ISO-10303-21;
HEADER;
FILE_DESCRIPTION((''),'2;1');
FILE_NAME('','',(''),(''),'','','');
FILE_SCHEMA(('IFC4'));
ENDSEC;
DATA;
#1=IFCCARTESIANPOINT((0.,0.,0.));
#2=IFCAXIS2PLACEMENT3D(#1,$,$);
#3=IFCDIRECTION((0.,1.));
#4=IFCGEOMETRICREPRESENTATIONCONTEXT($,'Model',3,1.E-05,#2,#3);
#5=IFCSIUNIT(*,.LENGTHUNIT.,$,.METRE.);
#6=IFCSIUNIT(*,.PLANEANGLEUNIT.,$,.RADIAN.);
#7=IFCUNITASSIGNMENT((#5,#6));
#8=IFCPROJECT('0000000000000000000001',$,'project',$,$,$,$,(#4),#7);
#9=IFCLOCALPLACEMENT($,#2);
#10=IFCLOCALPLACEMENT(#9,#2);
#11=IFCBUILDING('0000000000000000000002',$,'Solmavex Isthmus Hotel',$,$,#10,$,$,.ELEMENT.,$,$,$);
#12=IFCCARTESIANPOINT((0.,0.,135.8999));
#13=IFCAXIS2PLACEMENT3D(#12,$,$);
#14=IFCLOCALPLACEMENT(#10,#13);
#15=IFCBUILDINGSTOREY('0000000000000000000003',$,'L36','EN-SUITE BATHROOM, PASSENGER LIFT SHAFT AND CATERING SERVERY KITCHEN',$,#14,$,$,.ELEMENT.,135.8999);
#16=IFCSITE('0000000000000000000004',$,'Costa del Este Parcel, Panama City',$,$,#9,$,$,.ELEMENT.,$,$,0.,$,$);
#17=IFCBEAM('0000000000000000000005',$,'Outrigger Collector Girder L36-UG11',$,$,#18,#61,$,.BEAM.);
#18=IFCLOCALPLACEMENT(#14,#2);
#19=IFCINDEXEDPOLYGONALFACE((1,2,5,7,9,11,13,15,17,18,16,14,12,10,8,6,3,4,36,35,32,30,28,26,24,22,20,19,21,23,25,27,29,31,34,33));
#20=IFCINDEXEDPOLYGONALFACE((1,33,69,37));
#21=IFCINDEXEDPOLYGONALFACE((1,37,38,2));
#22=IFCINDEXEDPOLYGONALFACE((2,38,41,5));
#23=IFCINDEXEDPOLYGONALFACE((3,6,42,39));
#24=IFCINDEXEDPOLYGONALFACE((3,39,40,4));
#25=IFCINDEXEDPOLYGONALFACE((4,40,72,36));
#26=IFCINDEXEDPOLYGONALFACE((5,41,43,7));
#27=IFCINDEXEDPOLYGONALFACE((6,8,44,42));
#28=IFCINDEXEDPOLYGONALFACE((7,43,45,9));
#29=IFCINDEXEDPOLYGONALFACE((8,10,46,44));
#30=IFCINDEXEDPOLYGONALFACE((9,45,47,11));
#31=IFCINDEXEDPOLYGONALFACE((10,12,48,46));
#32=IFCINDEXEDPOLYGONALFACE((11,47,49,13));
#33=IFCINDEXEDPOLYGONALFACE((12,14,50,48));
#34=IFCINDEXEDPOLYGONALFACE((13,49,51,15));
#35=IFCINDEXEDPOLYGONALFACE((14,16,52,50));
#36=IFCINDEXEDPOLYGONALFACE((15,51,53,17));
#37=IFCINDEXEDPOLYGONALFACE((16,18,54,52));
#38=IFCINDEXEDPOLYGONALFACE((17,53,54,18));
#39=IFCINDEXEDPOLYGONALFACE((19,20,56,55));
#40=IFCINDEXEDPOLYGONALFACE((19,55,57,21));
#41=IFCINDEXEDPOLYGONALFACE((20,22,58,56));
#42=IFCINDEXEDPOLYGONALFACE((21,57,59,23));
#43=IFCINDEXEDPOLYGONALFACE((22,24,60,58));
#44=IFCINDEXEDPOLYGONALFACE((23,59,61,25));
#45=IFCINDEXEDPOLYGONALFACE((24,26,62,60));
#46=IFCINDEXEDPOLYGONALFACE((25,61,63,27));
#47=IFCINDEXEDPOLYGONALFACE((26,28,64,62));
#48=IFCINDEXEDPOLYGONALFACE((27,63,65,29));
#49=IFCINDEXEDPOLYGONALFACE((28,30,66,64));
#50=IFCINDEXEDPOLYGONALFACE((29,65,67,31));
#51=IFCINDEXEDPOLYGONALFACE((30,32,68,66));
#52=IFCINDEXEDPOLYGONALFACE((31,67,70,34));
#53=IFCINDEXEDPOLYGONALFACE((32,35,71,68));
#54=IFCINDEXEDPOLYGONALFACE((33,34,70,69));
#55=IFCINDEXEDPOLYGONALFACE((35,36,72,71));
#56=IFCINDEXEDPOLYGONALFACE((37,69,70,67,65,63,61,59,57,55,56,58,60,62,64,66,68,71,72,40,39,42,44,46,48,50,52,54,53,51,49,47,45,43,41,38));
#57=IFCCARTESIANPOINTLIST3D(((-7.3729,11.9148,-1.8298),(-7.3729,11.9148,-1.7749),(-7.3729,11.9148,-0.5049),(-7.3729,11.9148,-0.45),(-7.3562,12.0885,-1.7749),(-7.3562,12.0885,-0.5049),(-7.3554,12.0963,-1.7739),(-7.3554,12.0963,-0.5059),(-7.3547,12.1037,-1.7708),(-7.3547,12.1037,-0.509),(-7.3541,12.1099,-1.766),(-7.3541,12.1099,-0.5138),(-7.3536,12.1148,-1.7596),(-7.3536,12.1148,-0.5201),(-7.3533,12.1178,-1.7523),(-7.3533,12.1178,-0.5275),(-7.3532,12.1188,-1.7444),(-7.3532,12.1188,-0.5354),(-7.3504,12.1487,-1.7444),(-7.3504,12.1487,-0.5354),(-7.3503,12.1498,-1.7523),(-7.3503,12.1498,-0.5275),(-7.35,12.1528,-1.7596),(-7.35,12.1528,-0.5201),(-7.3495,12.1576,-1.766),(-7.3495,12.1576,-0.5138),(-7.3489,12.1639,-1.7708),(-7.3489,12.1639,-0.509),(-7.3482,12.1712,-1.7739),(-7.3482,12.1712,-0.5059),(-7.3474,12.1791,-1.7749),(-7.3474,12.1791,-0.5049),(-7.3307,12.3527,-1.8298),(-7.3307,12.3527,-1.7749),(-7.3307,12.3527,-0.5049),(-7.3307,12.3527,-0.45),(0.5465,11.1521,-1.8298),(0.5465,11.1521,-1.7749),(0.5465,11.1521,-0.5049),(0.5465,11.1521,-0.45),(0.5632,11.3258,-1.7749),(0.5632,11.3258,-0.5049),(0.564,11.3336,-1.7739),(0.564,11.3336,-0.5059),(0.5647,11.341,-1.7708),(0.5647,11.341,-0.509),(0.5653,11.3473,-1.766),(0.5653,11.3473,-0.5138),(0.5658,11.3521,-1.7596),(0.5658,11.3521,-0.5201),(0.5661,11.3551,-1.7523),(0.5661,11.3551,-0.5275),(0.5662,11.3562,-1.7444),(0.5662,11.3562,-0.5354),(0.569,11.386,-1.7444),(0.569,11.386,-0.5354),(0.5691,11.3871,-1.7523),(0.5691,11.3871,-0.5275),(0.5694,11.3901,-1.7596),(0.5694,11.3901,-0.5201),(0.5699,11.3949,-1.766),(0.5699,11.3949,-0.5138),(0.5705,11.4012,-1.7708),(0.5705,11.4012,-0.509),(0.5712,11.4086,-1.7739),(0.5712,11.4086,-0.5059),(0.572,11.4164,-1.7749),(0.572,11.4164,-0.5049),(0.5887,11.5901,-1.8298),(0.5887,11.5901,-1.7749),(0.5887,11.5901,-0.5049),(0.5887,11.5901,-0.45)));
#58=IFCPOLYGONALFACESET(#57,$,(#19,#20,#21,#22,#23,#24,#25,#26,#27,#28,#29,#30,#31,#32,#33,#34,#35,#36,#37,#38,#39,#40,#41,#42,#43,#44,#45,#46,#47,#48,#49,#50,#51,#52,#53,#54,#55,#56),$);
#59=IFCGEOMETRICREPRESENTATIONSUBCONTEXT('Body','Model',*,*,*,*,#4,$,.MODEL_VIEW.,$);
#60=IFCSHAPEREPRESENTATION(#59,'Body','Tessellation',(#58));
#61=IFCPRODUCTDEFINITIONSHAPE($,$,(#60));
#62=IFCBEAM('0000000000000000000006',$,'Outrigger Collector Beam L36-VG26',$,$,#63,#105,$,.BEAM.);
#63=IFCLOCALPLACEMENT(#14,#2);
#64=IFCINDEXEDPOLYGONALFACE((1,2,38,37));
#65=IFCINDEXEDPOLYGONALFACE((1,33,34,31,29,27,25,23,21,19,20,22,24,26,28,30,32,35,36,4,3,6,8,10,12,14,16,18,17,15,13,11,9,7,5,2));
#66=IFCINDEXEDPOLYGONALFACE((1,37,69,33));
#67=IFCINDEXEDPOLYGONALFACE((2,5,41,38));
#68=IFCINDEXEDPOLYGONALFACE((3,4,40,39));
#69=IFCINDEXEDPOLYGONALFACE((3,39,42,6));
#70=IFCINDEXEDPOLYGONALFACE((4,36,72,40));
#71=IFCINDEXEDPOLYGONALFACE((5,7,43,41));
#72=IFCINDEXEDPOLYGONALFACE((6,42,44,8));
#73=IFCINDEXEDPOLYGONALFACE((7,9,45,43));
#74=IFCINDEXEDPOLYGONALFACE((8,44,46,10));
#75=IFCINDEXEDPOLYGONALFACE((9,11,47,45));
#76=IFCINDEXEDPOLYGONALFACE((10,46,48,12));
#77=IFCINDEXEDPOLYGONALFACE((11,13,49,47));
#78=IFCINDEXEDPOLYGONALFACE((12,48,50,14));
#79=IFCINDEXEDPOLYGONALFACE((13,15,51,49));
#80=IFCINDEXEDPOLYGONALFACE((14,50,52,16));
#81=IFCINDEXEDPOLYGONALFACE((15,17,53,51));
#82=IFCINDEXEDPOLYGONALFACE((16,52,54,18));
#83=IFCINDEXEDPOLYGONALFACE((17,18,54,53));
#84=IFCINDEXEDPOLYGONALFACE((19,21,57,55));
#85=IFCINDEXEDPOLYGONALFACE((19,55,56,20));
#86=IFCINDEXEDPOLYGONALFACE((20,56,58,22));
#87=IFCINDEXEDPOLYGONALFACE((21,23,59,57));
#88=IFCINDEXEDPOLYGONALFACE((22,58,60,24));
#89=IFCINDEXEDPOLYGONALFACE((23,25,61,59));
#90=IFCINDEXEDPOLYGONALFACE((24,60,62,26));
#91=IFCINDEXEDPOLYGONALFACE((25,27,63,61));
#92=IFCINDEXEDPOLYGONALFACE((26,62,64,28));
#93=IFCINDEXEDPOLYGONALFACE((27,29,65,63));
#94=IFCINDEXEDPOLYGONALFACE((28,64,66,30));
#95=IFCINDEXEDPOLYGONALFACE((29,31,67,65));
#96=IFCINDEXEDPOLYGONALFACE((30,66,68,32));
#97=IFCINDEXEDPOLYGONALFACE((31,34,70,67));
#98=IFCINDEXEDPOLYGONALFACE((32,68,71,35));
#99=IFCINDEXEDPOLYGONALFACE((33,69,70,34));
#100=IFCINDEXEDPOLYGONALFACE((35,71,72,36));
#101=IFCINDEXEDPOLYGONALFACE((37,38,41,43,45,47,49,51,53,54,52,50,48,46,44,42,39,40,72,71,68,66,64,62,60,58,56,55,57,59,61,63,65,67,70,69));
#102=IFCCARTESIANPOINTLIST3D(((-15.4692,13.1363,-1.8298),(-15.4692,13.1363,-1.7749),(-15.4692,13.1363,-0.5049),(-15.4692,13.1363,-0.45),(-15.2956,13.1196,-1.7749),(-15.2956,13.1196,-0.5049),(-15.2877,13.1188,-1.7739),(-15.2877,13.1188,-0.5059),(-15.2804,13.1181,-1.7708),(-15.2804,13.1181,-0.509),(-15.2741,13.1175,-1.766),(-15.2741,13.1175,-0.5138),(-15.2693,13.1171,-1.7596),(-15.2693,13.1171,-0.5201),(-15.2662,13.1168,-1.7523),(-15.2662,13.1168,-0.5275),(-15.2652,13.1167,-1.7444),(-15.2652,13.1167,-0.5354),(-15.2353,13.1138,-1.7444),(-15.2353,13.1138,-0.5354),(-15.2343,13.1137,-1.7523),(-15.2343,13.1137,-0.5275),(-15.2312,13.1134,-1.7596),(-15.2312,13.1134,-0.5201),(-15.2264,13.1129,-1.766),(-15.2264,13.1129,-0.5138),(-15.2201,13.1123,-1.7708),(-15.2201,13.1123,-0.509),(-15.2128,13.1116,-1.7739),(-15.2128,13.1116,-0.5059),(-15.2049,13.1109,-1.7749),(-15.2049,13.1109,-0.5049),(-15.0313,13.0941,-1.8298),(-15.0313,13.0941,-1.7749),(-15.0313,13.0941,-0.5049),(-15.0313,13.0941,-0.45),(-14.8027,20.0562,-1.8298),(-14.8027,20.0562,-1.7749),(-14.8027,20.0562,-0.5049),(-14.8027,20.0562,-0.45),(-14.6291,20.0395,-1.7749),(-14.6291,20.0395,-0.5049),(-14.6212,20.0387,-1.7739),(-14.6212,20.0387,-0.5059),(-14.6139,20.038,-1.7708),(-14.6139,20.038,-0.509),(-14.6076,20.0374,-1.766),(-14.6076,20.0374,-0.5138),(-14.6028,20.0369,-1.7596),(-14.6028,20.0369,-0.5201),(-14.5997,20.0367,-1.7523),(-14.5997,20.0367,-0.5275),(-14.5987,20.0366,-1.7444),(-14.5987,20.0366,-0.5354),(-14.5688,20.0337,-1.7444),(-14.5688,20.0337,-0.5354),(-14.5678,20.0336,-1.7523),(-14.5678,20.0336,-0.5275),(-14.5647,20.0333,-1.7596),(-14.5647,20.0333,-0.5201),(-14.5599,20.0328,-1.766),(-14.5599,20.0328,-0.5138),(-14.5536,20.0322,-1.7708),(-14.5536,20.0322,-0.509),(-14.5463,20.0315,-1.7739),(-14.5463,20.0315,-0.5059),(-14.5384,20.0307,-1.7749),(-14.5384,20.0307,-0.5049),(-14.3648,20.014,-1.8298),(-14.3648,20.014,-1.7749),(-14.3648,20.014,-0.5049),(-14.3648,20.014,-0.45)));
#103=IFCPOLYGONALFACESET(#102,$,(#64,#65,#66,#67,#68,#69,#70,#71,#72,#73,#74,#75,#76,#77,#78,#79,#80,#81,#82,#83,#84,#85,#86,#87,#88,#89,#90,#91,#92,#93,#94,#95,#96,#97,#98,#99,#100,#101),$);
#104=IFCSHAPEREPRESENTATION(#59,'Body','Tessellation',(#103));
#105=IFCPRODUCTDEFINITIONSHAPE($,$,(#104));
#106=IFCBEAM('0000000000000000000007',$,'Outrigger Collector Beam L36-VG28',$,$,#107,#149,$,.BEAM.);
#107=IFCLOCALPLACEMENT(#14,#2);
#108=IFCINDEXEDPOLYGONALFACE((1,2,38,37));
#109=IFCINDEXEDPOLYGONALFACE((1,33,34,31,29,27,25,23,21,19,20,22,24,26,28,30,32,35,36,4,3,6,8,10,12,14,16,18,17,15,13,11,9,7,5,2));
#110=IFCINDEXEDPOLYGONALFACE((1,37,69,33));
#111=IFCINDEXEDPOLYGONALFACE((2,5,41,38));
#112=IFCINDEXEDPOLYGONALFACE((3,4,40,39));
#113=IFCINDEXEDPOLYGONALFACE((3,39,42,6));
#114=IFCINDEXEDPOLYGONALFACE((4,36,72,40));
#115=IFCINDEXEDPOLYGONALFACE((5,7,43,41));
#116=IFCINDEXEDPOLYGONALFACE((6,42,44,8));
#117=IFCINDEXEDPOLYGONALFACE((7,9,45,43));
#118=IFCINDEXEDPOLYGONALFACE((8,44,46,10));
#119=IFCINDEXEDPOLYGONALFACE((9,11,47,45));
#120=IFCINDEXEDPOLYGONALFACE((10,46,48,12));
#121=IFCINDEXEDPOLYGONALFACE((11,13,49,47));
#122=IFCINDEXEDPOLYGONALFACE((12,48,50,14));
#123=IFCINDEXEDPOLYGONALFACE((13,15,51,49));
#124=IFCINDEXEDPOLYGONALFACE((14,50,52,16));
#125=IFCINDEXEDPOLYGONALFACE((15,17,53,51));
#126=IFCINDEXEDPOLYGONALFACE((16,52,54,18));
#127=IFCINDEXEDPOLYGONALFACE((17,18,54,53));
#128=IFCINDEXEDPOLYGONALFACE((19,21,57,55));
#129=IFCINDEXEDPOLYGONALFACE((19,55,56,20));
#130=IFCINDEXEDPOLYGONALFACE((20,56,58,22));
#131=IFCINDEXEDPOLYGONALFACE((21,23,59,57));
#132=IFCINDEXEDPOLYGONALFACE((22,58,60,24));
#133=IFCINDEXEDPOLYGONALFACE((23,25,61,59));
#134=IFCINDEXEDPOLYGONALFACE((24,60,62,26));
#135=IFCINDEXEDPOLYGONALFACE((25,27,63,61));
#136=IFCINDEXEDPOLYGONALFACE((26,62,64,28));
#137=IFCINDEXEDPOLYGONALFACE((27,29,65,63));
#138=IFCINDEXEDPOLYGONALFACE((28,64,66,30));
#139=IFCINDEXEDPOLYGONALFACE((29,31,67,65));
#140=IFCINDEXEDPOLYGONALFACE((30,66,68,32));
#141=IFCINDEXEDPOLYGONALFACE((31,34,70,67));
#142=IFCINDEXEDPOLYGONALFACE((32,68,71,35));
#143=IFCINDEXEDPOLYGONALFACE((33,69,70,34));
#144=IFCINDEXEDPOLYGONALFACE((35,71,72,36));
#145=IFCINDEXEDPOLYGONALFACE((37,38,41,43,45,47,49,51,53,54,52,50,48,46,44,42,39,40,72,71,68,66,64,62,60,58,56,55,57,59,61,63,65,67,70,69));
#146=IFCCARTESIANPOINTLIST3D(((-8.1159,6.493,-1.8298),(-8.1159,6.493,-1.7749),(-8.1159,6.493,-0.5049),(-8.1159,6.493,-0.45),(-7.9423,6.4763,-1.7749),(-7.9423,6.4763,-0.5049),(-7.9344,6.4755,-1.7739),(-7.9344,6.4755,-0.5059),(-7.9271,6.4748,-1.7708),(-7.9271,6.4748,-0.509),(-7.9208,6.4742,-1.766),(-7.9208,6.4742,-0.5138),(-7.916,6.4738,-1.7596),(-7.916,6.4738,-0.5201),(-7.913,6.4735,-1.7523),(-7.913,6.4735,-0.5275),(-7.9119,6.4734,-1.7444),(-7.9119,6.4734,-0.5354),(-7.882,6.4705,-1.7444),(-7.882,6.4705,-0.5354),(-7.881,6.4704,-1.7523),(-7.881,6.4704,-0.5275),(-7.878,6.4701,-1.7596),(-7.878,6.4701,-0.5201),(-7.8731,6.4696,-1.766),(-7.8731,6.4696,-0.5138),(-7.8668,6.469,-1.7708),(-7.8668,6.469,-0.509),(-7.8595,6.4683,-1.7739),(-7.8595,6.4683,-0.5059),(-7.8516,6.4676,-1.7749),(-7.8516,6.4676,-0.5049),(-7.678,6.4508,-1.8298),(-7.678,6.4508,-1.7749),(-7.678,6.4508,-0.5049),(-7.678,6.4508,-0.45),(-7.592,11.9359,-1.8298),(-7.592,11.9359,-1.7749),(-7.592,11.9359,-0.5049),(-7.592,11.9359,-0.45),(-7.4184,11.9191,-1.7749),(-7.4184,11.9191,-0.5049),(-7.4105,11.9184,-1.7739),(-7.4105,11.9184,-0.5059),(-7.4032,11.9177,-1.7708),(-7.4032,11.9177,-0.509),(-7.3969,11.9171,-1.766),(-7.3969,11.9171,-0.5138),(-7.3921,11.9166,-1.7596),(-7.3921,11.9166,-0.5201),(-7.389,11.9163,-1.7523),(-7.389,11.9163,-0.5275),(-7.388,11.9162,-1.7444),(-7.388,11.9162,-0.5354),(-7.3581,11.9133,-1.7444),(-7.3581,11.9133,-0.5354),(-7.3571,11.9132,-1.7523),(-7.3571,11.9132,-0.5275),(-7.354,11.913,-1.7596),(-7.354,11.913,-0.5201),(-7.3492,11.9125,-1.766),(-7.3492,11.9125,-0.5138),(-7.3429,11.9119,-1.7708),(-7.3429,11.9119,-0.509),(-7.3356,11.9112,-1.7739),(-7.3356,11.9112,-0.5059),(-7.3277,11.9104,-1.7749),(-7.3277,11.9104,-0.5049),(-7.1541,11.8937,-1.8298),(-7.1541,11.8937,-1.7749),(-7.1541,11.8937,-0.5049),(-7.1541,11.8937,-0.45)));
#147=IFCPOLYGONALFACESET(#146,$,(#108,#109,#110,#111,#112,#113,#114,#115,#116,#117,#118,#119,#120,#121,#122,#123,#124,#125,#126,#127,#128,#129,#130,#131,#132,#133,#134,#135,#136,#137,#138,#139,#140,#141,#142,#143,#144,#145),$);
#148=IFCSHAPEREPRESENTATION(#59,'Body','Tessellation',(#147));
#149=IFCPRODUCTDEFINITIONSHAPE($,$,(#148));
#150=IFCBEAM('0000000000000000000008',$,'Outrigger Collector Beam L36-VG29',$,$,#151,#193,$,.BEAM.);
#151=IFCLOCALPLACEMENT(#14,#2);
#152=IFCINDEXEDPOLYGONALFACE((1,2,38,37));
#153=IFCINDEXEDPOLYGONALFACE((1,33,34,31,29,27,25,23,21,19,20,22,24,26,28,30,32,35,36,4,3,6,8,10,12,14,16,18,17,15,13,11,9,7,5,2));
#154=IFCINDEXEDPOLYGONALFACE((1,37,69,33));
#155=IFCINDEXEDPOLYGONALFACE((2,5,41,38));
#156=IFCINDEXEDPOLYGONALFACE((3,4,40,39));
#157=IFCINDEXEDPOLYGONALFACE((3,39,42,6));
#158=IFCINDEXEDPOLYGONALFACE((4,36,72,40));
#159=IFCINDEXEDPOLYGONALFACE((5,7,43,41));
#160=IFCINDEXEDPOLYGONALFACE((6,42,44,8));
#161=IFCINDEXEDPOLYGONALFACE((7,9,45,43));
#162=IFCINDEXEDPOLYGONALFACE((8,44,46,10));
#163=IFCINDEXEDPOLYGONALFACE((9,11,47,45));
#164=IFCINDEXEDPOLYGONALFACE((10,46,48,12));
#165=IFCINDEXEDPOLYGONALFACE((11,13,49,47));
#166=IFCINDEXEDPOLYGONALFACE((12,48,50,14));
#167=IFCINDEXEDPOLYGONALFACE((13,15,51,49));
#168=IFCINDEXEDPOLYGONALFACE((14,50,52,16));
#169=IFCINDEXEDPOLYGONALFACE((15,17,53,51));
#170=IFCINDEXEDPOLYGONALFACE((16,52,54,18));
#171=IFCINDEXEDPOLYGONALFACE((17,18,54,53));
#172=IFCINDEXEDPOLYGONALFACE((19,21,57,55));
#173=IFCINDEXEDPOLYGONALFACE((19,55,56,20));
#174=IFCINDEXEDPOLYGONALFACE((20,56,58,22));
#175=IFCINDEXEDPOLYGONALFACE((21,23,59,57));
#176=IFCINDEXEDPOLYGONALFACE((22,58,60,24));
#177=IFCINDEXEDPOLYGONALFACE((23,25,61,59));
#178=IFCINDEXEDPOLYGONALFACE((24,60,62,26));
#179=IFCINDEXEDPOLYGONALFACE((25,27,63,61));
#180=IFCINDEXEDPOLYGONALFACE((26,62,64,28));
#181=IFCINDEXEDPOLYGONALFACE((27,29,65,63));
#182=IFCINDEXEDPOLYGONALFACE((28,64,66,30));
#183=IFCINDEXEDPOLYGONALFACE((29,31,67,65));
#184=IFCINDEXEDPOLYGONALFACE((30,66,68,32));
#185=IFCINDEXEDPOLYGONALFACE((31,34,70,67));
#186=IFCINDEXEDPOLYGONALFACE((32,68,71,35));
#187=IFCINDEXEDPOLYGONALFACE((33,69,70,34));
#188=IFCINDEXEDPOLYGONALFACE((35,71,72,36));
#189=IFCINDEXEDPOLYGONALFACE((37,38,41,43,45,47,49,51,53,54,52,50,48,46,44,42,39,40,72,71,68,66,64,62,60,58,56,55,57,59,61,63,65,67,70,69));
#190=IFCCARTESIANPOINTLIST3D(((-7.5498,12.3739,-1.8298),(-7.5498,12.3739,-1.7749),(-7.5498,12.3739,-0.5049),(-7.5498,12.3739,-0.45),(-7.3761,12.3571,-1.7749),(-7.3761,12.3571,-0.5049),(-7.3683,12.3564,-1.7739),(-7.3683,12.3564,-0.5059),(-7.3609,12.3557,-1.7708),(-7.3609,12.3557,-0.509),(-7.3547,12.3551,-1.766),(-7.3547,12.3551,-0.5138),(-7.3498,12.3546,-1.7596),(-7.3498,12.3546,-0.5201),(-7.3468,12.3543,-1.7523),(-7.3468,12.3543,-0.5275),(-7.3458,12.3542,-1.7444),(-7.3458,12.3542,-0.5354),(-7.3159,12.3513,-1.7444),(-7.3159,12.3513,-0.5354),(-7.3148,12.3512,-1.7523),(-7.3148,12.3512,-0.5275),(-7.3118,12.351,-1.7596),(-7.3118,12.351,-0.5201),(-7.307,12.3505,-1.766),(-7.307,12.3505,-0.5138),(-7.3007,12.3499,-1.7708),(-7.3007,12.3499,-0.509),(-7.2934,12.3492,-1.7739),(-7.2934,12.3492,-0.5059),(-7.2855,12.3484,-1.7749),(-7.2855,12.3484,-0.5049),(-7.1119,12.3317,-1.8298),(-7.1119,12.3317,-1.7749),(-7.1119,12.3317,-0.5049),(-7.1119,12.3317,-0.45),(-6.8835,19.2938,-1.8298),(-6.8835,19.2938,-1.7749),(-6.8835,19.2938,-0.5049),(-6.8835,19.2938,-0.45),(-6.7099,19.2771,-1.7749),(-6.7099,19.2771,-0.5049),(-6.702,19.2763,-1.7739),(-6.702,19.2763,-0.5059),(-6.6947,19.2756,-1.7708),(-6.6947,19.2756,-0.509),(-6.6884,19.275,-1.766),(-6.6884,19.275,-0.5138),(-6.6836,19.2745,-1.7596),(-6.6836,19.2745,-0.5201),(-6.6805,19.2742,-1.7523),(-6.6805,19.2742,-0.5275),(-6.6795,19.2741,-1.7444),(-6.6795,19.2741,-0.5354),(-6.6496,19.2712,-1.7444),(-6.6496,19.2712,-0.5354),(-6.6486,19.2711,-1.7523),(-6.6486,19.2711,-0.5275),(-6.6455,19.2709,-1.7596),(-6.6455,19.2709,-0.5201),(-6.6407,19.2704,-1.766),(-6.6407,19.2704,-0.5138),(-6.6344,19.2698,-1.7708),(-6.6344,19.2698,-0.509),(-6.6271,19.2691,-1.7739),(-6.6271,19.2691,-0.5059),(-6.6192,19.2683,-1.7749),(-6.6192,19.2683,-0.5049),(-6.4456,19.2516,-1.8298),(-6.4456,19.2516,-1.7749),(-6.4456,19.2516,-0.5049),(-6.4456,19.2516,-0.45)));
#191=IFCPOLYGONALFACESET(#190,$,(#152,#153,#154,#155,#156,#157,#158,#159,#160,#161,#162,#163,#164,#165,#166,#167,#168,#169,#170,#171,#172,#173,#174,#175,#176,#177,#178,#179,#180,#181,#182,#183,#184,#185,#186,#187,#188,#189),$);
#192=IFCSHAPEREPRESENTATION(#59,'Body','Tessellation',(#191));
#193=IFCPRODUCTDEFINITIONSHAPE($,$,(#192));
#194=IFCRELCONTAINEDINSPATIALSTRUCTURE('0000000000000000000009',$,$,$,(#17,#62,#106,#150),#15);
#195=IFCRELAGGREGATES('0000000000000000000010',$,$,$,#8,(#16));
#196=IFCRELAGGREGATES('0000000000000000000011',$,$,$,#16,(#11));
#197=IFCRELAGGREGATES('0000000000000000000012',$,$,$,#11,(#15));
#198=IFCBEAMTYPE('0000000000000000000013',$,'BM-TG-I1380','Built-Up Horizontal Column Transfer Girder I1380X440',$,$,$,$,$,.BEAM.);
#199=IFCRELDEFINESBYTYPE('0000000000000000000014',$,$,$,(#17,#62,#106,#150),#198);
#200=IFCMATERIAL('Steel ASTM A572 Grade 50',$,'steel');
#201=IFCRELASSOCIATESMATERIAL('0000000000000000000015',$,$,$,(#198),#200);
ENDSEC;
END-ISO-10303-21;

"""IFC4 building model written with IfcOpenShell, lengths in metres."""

from ifc_helpers import new_model, si_unit, direction, frame, origin, origin_2d, place, context, subcontext, project, spatial, i_section, extrude, material, material_profile, profile_set, type_object, element, save


model = new_model("IFC4")

# Units and contexts
model_context = context("Model", 3, precision=1e-05, world=origin(), true_north=direction((0.0, 1.0)))
body_context = subcontext(model_context, "Body", "Model", "MODEL_VIEW")
ifc_project = project(units=[si_unit("LENGTHUNIT", "METRE"), si_unit("PLANEANGLEUNIT", "RADIAN")], contexts=[model_context])

# Site, building, storey
site_placement = place(None, origin())
site = spatial("IfcSite", under=ifc_project, at=site_placement, Name="Costa del Este Parcel, Panama City", CompositionType="ELEMENT", RefElevation=0.0)
building_placement = place(site_placement, origin())
building = spatial("IfcBuilding", under=site, at=building_placement, Name="Solmavex Isthmus Hotel", CompositionType="ELEMENT")
storey_placement = place(building_placement, frame((0.0, 0.0, 135.8999)))
storey = spatial("IfcBuildingStorey", under=building, at=storey_placement, Name="L36", Description="EN-SUITE BATHROOM, PASSENGER LIFT SHAFT AND CATERING SERVERY KITCHEN", CompositionType="ELEMENT", Elevation=135.8999)

# Beams
ifc_material_1 = material(Name="Steel ASTM A572 Grade 50", Category="steel")
ifc_material_profile_1 = material_profile(ifc_material_1, i_section(OverallWidth=0.4399, OverallDepth=1.3799, WebThickness=0.03, FlangeThickness=0.0549, FilletRadius=0.0305, at=origin_2d()), Name="I1380X440")
ifc_profile_set_1 = profile_set([ifc_material_profile_1], Name="Steel ASTM A572 Grade 50")
beam_type_1 = type_object("IfcBeamType", Name="BM-TG-I1380", Description="Built-Up Horizontal Column Transfer Girder I1380X440", PredefinedType="BEAM", material=ifc_profile_set_1)
for number, where, z_axis, x_axis, name in (
    (1, (-7.3518, 12.1338, -1.1399), (0.995395, -0.095863, 0.0), (0.095863, 0.995395, 0.0), "Outrigger Collector Girder L36-UG11"),
):
    element("IfcBeam", number, at=place(storey_placement, frame(where, z_axis=z_axis, x_axis=x_axis)), inside=storey, type_object=beam_type_1, Name=name, PredefinedType="BEAM", context=body_context, shape_type="SweptSolid", body=[
        extrude(i_section(OverallWidth=0.4399, OverallDepth=1.3799, WebThickness=0.03, FlangeThickness=0.0549, FilletRadius=0.0305, at=origin_2d()), origin(), (0.0, 0.0, 1.0), 7.9561),
    ])
beam_1_placement = place(storey_placement, frame((-15.2502, 13.1152, -1.1399), z_axis=(0.095873, 0.995394, 0.0), x_axis=(-0.995394, 0.095873, 0.0)))
element("IfcBeam", 2, at=beam_1_placement, inside=storey, type_object=beam_type_1, Name="Outrigger Collector Beam L36-VG26", PredefinedType="BEAM", context=body_context, shape_type="SweptSolid", body=[
    extrude(i_section(OverallWidth=0.4399, OverallDepth=1.3799, WebThickness=0.03, FlangeThickness=0.0549, FilletRadius=0.0305, at=origin_2d()), origin(), (0.0, 0.0, 1.0), 6.9519),
])
beam_2_placement = place(storey_placement, frame((-7.897, 6.4719, -1.1399), z_axis=(0.095816, 0.995399, 0.0), x_axis=(-0.995399, 0.095816, 0.0)))
element("IfcBeam", 3, at=beam_2_placement, inside=storey, type_object=beam_type_1, Name="Outrigger Collector Beam L36-VG28", PredefinedType="BEAM", context=body_context, shape_type="SweptSolid", body=[
    extrude(i_section(OverallWidth=0.4399, OverallDepth=1.3799, WebThickness=0.03, FlangeThickness=0.0549, FilletRadius=0.0305, at=origin_2d()), origin(), (0.0, 0.0, 1.0), 5.468),
])
beam_3_placement = place(storey_placement, frame((-7.3308, 12.3528, -1.1399), z_axis=(0.095838, 0.995397, 0.0), x_axis=(-0.995397, 0.095838, 0.0)))
element("IfcBeam", 4, at=beam_3_placement, inside=storey, type_object=beam_type_1, Name="Outrigger Collector Beam L36-VG29", PredefinedType="BEAM", context=body_context, shape_type="SweptSolid", body=[
    extrude(i_section(OverallWidth=0.4399, OverallDepth=1.3799, WebThickness=0.03, FlangeThickness=0.0549, FilletRadius=0.0305, at=origin_2d()), origin(), (0.0, 0.0, 1.0), 6.9519),
])

save(model, "model.ifc")
